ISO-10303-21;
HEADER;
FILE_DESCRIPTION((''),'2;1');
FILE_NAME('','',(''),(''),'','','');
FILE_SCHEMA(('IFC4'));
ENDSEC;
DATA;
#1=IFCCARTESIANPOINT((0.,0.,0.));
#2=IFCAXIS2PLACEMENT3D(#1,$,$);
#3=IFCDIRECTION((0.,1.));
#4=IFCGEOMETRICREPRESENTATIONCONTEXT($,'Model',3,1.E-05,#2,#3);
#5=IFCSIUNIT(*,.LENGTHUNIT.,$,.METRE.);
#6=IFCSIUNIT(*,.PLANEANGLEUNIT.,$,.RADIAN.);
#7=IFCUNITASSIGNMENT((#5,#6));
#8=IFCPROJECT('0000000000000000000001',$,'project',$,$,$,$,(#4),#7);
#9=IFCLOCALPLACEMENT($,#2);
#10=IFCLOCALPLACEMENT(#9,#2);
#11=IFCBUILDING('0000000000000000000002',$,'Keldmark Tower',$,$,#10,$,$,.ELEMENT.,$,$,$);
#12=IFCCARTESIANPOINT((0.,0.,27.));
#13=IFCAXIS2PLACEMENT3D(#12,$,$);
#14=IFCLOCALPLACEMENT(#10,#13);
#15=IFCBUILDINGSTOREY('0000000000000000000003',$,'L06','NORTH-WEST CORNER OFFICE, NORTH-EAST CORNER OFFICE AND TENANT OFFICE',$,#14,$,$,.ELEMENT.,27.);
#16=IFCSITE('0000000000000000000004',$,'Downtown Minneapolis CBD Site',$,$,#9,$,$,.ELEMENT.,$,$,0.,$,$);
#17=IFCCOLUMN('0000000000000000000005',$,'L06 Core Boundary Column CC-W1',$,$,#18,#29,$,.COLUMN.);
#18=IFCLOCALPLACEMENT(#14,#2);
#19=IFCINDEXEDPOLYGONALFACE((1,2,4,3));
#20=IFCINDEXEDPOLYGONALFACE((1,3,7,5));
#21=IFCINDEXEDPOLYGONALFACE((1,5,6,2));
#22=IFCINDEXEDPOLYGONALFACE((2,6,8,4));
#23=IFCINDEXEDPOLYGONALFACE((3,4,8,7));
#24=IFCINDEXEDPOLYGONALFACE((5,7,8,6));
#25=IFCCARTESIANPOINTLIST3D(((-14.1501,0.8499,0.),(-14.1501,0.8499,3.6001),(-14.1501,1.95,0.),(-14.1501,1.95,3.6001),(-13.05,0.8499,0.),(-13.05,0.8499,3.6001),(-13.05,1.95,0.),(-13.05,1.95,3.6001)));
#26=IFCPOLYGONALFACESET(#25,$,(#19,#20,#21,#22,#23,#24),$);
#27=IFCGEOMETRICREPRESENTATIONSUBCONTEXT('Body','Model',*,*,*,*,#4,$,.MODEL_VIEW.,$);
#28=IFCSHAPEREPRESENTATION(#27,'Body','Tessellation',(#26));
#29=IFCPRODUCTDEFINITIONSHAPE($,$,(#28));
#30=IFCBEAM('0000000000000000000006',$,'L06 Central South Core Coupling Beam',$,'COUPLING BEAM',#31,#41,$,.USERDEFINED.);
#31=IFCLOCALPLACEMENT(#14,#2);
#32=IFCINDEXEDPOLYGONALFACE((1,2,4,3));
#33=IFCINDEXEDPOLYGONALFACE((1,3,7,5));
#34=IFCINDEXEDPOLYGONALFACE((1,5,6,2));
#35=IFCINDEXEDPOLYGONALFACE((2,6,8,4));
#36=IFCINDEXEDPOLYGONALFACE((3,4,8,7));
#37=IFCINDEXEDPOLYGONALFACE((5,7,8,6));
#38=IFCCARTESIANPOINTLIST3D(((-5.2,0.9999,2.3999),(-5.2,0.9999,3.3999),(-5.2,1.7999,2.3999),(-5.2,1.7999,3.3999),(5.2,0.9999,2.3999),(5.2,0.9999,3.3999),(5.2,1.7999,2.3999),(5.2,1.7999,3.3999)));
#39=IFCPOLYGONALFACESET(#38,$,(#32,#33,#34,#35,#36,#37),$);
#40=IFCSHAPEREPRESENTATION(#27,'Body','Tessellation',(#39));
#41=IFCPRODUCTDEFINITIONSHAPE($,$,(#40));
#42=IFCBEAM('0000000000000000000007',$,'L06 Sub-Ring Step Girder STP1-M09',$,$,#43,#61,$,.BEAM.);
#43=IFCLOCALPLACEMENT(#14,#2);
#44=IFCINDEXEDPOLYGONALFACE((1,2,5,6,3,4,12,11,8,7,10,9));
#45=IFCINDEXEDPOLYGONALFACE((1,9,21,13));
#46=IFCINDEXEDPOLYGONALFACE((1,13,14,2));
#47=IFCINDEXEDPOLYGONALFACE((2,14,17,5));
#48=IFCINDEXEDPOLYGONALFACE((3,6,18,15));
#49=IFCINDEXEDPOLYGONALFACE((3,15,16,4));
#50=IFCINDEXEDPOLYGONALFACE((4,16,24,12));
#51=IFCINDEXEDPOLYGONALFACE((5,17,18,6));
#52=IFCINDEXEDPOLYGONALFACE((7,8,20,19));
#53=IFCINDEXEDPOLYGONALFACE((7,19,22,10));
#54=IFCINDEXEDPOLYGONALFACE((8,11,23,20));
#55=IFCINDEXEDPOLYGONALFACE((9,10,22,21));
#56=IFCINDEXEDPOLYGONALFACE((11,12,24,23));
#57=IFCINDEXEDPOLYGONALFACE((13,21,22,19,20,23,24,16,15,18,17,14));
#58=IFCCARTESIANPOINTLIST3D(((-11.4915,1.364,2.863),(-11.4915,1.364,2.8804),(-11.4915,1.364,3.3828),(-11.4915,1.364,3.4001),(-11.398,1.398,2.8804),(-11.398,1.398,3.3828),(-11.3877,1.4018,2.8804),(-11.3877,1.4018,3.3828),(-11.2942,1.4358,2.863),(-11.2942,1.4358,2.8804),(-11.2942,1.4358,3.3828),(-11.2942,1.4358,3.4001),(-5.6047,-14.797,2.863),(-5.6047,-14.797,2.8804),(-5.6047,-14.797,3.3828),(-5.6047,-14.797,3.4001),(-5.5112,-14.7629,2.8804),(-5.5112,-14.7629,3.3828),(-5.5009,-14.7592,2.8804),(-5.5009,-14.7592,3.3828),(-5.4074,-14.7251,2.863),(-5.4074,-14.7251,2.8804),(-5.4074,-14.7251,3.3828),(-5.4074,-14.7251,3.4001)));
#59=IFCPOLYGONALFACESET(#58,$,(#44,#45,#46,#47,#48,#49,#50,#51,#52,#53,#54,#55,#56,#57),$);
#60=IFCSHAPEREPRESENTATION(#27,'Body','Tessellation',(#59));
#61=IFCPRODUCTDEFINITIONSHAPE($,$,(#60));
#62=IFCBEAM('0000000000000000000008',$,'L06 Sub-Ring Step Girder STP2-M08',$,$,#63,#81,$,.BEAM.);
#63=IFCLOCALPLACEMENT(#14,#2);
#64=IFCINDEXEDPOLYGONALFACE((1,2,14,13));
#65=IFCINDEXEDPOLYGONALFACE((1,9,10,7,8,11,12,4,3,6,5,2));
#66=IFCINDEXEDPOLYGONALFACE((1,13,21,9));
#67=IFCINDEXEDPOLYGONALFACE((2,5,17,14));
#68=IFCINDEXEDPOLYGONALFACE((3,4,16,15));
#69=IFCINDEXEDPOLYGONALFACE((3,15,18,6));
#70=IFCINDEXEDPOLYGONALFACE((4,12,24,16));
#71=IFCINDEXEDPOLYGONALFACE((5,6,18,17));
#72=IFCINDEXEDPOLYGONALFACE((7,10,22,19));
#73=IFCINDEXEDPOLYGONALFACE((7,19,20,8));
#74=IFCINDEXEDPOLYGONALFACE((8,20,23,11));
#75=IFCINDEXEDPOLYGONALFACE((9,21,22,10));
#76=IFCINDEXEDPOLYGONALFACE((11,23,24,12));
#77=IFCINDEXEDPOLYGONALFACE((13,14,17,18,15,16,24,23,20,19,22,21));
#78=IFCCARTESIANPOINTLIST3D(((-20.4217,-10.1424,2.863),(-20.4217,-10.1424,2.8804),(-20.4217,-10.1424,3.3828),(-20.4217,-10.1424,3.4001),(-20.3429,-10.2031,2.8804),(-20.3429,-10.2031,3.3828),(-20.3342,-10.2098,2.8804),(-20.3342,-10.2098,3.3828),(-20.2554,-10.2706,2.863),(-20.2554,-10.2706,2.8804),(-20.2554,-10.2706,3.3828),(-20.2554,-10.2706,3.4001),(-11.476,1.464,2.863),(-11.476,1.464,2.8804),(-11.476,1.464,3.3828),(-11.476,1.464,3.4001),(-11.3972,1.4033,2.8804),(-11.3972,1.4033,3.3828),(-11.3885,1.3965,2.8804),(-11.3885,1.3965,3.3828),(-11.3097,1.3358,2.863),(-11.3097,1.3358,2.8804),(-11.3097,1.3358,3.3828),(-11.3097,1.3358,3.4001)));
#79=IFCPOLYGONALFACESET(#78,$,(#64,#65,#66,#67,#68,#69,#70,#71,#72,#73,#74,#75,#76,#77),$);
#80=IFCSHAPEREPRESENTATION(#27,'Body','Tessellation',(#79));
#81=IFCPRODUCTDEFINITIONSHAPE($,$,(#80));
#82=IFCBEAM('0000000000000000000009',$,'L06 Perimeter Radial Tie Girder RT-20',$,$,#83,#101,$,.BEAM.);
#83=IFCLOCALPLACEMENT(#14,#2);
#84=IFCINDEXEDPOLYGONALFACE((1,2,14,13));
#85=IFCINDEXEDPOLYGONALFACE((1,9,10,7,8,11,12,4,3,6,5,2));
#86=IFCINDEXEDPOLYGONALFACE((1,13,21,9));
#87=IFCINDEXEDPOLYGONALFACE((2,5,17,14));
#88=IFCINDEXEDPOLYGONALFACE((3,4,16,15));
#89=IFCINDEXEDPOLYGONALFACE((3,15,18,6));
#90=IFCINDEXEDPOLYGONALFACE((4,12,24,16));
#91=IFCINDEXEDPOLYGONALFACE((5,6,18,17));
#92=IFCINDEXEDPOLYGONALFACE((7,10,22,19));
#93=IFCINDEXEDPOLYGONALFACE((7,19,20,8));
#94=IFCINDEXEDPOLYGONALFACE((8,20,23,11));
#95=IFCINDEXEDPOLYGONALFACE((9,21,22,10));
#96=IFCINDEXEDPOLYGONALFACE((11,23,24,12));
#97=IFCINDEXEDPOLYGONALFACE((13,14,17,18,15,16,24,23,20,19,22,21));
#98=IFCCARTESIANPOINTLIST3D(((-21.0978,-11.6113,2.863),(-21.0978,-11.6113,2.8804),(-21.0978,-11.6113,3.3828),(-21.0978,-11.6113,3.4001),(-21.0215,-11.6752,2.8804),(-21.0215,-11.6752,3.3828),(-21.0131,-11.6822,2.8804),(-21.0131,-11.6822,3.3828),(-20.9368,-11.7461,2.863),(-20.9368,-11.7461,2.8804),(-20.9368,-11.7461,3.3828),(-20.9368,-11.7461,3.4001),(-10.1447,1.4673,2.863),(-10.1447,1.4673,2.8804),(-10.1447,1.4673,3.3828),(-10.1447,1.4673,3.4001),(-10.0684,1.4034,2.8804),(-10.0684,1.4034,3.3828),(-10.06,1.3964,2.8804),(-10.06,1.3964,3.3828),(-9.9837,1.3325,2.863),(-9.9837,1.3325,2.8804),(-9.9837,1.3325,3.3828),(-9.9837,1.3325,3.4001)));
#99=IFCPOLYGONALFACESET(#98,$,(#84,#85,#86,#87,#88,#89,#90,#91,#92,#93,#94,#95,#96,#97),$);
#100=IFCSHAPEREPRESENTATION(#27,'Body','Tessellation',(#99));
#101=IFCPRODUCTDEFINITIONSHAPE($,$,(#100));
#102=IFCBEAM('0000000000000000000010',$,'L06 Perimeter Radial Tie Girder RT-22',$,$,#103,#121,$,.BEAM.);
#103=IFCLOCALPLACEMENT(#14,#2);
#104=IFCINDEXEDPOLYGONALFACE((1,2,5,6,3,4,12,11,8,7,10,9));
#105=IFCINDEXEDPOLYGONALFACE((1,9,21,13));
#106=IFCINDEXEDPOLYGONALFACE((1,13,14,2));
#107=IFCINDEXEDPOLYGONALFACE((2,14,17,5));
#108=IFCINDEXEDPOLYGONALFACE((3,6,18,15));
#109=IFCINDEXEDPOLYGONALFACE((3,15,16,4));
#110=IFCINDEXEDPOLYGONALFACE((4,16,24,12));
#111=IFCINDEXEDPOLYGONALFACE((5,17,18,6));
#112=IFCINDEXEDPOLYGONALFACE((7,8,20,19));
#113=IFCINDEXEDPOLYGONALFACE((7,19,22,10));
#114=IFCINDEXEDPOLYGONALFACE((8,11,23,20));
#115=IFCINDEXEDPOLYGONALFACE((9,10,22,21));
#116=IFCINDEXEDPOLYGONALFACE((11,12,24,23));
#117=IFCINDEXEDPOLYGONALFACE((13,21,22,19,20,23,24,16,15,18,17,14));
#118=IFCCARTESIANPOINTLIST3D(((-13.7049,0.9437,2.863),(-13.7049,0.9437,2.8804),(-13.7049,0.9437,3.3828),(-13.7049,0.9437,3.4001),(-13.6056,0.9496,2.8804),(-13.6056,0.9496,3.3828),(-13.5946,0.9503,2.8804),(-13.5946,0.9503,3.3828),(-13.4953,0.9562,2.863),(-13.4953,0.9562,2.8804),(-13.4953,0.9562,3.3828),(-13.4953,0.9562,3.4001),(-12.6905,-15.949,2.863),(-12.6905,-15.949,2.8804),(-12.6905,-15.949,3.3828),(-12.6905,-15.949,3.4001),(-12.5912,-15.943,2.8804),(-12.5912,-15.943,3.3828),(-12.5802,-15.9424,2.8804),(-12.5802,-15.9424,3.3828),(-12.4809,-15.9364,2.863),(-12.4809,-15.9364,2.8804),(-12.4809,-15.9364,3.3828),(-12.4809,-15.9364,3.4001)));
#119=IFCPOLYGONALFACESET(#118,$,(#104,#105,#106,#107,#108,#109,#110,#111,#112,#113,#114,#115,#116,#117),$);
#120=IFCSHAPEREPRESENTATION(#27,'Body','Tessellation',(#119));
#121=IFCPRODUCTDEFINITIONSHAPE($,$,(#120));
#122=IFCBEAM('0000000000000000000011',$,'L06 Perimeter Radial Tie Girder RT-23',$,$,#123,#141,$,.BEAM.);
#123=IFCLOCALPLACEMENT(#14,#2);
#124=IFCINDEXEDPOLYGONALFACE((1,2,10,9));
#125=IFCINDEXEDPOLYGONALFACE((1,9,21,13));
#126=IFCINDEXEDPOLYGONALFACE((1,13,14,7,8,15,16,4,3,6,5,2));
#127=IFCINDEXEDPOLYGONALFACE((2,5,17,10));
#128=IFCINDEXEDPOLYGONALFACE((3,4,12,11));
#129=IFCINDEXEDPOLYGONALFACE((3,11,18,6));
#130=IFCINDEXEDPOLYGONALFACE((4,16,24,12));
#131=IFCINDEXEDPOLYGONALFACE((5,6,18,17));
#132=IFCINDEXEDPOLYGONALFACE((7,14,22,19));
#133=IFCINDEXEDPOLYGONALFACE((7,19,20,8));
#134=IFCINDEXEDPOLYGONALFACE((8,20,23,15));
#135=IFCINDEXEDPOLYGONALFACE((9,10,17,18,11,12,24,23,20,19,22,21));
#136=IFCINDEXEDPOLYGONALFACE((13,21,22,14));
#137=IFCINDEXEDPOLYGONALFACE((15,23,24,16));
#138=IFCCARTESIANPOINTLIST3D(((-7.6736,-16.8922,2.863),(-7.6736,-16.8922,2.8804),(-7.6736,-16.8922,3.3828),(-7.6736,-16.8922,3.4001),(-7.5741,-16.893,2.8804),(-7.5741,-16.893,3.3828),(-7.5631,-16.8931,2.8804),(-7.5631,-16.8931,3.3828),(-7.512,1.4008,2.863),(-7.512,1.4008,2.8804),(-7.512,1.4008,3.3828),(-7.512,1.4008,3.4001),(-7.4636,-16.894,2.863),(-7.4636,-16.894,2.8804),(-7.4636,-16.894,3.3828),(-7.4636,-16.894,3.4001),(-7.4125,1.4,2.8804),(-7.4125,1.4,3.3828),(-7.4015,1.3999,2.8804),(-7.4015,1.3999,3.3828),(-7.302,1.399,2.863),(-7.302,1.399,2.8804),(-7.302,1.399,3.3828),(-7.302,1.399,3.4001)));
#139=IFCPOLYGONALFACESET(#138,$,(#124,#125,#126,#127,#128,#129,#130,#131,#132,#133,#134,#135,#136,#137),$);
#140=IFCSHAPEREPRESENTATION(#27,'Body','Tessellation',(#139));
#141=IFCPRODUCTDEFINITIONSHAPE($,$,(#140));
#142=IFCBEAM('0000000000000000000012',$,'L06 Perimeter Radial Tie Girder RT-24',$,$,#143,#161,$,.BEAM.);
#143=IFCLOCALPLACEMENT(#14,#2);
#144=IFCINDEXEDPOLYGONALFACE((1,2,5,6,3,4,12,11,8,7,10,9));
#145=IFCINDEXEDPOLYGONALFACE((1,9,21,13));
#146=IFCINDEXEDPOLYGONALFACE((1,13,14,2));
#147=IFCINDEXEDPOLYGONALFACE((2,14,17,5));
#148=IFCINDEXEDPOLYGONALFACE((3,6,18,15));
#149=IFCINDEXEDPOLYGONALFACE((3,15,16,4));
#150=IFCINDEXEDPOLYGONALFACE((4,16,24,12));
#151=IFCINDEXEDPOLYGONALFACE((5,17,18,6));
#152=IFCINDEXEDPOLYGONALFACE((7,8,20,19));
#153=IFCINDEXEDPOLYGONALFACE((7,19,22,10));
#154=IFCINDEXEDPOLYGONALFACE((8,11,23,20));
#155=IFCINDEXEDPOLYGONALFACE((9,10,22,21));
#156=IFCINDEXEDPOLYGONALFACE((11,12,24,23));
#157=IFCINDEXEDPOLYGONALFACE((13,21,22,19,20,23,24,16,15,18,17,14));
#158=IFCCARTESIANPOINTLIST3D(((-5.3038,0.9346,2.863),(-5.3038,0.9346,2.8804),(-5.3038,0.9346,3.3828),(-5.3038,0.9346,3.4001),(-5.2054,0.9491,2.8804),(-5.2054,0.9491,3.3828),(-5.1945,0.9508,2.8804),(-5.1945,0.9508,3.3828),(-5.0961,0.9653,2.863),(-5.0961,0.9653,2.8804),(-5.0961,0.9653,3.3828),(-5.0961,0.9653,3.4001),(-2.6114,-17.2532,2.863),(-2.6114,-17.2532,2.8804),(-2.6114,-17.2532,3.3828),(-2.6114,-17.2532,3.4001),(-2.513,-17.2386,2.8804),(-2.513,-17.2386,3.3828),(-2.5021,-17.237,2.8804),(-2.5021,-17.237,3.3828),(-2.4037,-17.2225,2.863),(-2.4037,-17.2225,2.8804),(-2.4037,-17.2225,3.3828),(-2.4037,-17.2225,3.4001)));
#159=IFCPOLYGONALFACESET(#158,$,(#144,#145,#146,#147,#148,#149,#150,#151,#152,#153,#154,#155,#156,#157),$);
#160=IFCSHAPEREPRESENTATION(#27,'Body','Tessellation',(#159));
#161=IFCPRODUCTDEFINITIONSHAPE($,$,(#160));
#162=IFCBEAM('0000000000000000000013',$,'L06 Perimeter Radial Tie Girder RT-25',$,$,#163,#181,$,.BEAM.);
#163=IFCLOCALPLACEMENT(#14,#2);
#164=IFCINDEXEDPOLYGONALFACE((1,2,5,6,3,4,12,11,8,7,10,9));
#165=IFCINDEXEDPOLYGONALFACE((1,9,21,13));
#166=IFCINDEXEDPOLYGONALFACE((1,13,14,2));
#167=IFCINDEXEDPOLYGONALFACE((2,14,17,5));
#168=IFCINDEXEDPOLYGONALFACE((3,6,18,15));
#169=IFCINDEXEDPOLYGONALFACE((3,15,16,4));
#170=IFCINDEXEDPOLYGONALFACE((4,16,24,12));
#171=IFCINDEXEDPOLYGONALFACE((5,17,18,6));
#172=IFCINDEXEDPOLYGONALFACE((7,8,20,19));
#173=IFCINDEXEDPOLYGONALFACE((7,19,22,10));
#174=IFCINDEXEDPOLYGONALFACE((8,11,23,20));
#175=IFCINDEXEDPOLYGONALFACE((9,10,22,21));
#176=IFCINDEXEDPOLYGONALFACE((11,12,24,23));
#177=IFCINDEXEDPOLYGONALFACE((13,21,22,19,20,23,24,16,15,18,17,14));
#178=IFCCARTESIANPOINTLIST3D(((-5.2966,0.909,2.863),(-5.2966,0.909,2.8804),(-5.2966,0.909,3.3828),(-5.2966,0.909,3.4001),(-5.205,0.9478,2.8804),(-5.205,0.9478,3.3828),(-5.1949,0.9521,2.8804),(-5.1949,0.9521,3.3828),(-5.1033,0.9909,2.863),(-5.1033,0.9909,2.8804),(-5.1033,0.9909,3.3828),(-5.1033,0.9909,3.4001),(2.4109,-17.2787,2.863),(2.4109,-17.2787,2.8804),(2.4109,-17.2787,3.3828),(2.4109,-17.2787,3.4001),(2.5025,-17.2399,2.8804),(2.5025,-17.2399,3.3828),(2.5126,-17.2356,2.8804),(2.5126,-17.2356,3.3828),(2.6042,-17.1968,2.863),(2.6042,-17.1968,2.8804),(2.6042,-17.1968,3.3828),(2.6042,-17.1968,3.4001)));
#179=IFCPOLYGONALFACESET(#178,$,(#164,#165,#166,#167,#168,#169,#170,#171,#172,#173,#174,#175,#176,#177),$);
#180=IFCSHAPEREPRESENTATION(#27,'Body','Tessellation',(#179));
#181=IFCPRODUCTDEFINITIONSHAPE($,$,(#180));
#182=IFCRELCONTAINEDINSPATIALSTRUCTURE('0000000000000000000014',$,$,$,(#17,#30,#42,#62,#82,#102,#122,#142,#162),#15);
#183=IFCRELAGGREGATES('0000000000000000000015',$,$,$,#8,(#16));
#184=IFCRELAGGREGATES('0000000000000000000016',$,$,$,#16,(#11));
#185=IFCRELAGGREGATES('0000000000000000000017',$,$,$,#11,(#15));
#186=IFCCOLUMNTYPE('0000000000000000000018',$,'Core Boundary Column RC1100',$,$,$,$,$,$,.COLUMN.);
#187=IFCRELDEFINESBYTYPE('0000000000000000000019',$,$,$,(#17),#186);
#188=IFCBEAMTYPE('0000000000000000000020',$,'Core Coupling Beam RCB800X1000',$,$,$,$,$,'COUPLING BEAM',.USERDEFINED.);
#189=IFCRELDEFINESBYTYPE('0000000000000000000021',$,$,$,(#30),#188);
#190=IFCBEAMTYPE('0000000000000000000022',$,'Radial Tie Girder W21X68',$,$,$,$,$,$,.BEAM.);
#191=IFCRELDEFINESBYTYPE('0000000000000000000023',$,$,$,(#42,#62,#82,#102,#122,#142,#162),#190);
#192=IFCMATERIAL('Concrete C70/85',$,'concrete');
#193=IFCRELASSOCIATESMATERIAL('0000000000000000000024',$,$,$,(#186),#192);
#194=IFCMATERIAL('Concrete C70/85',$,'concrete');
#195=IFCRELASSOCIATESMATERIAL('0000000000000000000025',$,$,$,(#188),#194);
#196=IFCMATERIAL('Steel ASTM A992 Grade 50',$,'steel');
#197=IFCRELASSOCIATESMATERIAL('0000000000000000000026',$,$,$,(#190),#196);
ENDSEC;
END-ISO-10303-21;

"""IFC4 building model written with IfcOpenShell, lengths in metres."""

from ifc_helpers import new_model, si_unit, direction, frame, origin, origin_2d, place, context, subcontext, project, spatial, rectangle, i_section, extrude, material, material_profile, profile_set, type_object, element, save


model = new_model("IFC4")

# Units and contexts
model_context = context("Model", 3, precision=1e-05, world=origin(), true_north=direction((0.0, 1.0)))
body_context = subcontext(model_context, "Body", "Model", "MODEL_VIEW")
ifc_project = project(units=[si_unit("LENGTHUNIT", "METRE"), si_unit("PLANEANGLEUNIT", "RADIAN")], contexts=[model_context])

# Site, building, storey
site_placement = place(None, origin())
site = spatial("IfcSite", under=ifc_project, at=site_placement, Name="Downtown Minneapolis CBD Site", CompositionType="ELEMENT", RefElevation=0.0)
building_placement = place(site_placement, origin())
building = spatial("IfcBuilding", under=site, at=building_placement, Name="Keldmark Tower", CompositionType="ELEMENT")
storey_placement = place(building_placement, frame((0.0, 0.0, 27.0)))
storey = spatial("IfcBuildingStorey", under=building, at=storey_placement, Name="L06", Description="NORTH-WEST CORNER OFFICE, NORTH-EAST CORNER OFFICE AND TENANT OFFICE", CompositionType="ELEMENT", Elevation=27.0)

# Column
ifc_material_1 = material(Name="Concrete C70/85", Category="concrete")
ifc_material_profile_1 = material_profile(ifc_material_1, rectangle(XDim=1.1001, YDim=1.1001, at=origin_2d()), Name="RC1100X1100")
ifc_profile_set_1 = profile_set([ifc_material_profile_1], Name="Concrete C70/85")
column_type = type_object("IfcColumnType", Name="Core Boundary Column RC1100", PredefinedType="COLUMN", material=ifc_profile_set_1)
column_placement = place(storey_placement, frame((-13.6001, 1.3999, 0.0), z_axis=(0.0, 0.0, 1.0), x_axis=(1.0, 0.0, 0.0)))
element("IfcColumn", 1, at=column_placement, inside=storey, type_object=column_type, Name="L06 Core Boundary Column CC-W1", PredefinedType="COLUMN", context=body_context, shape_type="SweptSolid", body=[
    extrude(rectangle(XDim=1.1001, YDim=1.1001, at=origin_2d()), origin(), (0.0, 0.0, 1.0), 3.6001),
])

# Beams
ifc_material_2 = material(Name="Concrete C70/85", Category="concrete")
ifc_material_profile_2 = material_profile(ifc_material_2, rectangle(XDim=0.8, YDim=1.0, at=origin_2d()), Name="RCB800X1000")
ifc_profile_set_2 = profile_set([ifc_material_profile_2], Name="Concrete C70/85")
beam_type_1 = type_object("IfcBeamType", Name="Core Coupling Beam RCB800X1000", ElementType="COUPLING BEAM", PredefinedType="USERDEFINED", material=ifc_profile_set_2)
beam_1_placement = place(storey_placement, frame((-5.2, 1.3999, 2.8999), z_axis=(1.0, 0.0, 0.0), x_axis=(0.0, 1.0, 0.0)))
element("IfcBeam", 2, at=beam_1_placement, inside=storey, type_object=beam_type_1, Name="L06 Central South Core Coupling Beam", ObjectType="COUPLING BEAM", PredefinedType="USERDEFINED", context=body_context, shape_type="SweptSolid", body=[
    extrude(rectangle(XDim=0.8, YDim=1.0, at=origin_2d()), origin(), (0.0, 0.0, 1.0), 10.3999),
])
ifc_material_3 = material(Name="Steel ASTM A992 Grade 50", Category="steel")
ifc_material_profile_3 = material_profile(ifc_material_3, i_section(OverallWidth=0.21, OverallDepth=0.5371, WebThickness=0.011, FlangeThickness=0.0173, at=origin_2d()), Name="W21X68")
ifc_profile_set_3 = profile_set([ifc_material_profile_3], Name="Steel ASTM A992 Grade 50")
beam_type_2 = type_object("IfcBeamType", Name="Radial Tie Girder W21X68", PredefinedType="BEAM", material=ifc_profile_set_3)
beam_2_placement = place(storey_placement, frame((-11.3928, 1.3999, 3.1316), z_axis=(0.342258, -0.939606, 0.0), x_axis=(0.939606, 0.342258, 0.0)))
element("IfcBeam", 3, at=beam_2_placement, inside=storey, type_object=beam_type_2, Name="L06 Sub-Ring Step Girder STP1-M09", PredefinedType="BEAM", context=body_context, shape_type="SweptSolid", body=[
    extrude(i_section(OverallWidth=0.21, OverallDepth=0.5371, WebThickness=0.011, FlangeThickness=0.0173, at=origin_2d()), origin(), (0.0, 0.0, 1.0), 17.1997),
])
beam_3_placement = place(storey_placement, frame((-11.3928, 1.3999, 3.1316), z_axis=(-0.610472, -0.792038, 0.0), x_axis=(0.792038, -0.610472, 0.0)))
element("IfcBeam", 4, at=beam_3_placement, inside=storey, type_object=beam_type_2, Name="L06 Sub-Ring Step Girder STP2-M08", PredefinedType="BEAM", context=body_context, shape_type="SweptSolid", body=[
    extrude(i_section(OverallWidth=0.21, OverallDepth=0.5371, WebThickness=0.011, FlangeThickness=0.0173, at=origin_2d()), origin(), (0.0, 0.0, 1.0), 14.6538),
])
beam_4_placement = place(storey_placement, frame((-10.0642, 1.3999, 3.1316), z_axis=(-0.64206, -0.766654, 0.0), x_axis=(0.766654, -0.64206, 0.0)))
element("IfcBeam", 5, at=beam_4_placement, inside=storey, type_object=beam_type_2, Name="L06 Perimeter Radial Tie Girder RT-20", PredefinedType="BEAM", context=body_context, shape_type="SweptSolid", body=[
    extrude(i_section(OverallWidth=0.21, OverallDepth=0.5371, WebThickness=0.011, FlangeThickness=0.0173, at=origin_2d()), origin(), (0.0, 0.0, 1.0), 17.0593),
])
beam_5_placement = place(storey_placement, frame((-13.6001, 0.95, 3.1316), z_axis=(0.059942, -0.998202, 0.0), x_axis=(0.998202, 0.059942, 0.0)))
element("IfcBeam", 6, at=beam_5_placement, inside=storey, type_object=beam_type_2, Name="L06 Perimeter Radial Tie Girder RT-22", PredefinedType="BEAM", context=body_context, shape_type="SweptSolid", body=[
    extrude(i_section(OverallWidth=0.21, OverallDepth=0.5371, WebThickness=0.011, FlangeThickness=0.0173, at=origin_2d()), origin(), (0.0, 0.0, 1.0), 16.9231),
])
beam_6_placement = place(storey_placement, frame((-7.407, 1.3999, 3.1316), z_axis=(-0.008835, -0.999961, 0.0), x_axis=(0.999961, -0.008835, 0.0)))
element("IfcBeam", 7, at=beam_6_placement, inside=storey, type_object=beam_type_2, Name="L06 Perimeter Radial Tie Girder RT-23", PredefinedType="BEAM", context=body_context, shape_type="SweptSolid", body=[
    extrude(i_section(OverallWidth=0.21, OverallDepth=0.5371, WebThickness=0.011, FlangeThickness=0.0173, at=origin_2d()), origin(), (0.0, 0.0, 1.0), 18.2937),
])
beam_7_placement = place(storey_placement, frame((-5.2, 0.95, 3.1316), z_axis=(0.146437, -0.98922, 0.0), x_axis=(0.98922, 0.146437, 0.0)))
element("IfcBeam", 8, at=beam_7_placement, inside=storey, type_object=beam_type_2, Name="L06 Perimeter Radial Tie Girder RT-24", PredefinedType="BEAM", context=body_context, shape_type="SweptSolid", body=[
    extrude(i_section(OverallWidth=0.21, OverallDepth=0.5371, WebThickness=0.011, FlangeThickness=0.0173, at=origin_2d()), origin(), (0.0, 0.0, 1.0), 18.386),
])
beam_8_placement = place(storey_placement, frame((-5.2, 0.95, 3.1316), z_axis=(0.390185, -0.920736, 0.0), x_axis=(0.920736, 0.390185, 0.0)))
element("IfcBeam", 9, at=beam_8_placement, inside=storey, type_object=beam_type_2, Name="L06 Perimeter Radial Tie Girder RT-25", PredefinedType="BEAM", context=body_context, shape_type="SweptSolid", body=[
    extrude(i_section(OverallWidth=0.21, OverallDepth=0.5371, WebThickness=0.011, FlangeThickness=0.0173, at=origin_2d()), origin(), (0.0, 0.0, 1.0), 19.7534),
])

save(model, "model.ifc")
